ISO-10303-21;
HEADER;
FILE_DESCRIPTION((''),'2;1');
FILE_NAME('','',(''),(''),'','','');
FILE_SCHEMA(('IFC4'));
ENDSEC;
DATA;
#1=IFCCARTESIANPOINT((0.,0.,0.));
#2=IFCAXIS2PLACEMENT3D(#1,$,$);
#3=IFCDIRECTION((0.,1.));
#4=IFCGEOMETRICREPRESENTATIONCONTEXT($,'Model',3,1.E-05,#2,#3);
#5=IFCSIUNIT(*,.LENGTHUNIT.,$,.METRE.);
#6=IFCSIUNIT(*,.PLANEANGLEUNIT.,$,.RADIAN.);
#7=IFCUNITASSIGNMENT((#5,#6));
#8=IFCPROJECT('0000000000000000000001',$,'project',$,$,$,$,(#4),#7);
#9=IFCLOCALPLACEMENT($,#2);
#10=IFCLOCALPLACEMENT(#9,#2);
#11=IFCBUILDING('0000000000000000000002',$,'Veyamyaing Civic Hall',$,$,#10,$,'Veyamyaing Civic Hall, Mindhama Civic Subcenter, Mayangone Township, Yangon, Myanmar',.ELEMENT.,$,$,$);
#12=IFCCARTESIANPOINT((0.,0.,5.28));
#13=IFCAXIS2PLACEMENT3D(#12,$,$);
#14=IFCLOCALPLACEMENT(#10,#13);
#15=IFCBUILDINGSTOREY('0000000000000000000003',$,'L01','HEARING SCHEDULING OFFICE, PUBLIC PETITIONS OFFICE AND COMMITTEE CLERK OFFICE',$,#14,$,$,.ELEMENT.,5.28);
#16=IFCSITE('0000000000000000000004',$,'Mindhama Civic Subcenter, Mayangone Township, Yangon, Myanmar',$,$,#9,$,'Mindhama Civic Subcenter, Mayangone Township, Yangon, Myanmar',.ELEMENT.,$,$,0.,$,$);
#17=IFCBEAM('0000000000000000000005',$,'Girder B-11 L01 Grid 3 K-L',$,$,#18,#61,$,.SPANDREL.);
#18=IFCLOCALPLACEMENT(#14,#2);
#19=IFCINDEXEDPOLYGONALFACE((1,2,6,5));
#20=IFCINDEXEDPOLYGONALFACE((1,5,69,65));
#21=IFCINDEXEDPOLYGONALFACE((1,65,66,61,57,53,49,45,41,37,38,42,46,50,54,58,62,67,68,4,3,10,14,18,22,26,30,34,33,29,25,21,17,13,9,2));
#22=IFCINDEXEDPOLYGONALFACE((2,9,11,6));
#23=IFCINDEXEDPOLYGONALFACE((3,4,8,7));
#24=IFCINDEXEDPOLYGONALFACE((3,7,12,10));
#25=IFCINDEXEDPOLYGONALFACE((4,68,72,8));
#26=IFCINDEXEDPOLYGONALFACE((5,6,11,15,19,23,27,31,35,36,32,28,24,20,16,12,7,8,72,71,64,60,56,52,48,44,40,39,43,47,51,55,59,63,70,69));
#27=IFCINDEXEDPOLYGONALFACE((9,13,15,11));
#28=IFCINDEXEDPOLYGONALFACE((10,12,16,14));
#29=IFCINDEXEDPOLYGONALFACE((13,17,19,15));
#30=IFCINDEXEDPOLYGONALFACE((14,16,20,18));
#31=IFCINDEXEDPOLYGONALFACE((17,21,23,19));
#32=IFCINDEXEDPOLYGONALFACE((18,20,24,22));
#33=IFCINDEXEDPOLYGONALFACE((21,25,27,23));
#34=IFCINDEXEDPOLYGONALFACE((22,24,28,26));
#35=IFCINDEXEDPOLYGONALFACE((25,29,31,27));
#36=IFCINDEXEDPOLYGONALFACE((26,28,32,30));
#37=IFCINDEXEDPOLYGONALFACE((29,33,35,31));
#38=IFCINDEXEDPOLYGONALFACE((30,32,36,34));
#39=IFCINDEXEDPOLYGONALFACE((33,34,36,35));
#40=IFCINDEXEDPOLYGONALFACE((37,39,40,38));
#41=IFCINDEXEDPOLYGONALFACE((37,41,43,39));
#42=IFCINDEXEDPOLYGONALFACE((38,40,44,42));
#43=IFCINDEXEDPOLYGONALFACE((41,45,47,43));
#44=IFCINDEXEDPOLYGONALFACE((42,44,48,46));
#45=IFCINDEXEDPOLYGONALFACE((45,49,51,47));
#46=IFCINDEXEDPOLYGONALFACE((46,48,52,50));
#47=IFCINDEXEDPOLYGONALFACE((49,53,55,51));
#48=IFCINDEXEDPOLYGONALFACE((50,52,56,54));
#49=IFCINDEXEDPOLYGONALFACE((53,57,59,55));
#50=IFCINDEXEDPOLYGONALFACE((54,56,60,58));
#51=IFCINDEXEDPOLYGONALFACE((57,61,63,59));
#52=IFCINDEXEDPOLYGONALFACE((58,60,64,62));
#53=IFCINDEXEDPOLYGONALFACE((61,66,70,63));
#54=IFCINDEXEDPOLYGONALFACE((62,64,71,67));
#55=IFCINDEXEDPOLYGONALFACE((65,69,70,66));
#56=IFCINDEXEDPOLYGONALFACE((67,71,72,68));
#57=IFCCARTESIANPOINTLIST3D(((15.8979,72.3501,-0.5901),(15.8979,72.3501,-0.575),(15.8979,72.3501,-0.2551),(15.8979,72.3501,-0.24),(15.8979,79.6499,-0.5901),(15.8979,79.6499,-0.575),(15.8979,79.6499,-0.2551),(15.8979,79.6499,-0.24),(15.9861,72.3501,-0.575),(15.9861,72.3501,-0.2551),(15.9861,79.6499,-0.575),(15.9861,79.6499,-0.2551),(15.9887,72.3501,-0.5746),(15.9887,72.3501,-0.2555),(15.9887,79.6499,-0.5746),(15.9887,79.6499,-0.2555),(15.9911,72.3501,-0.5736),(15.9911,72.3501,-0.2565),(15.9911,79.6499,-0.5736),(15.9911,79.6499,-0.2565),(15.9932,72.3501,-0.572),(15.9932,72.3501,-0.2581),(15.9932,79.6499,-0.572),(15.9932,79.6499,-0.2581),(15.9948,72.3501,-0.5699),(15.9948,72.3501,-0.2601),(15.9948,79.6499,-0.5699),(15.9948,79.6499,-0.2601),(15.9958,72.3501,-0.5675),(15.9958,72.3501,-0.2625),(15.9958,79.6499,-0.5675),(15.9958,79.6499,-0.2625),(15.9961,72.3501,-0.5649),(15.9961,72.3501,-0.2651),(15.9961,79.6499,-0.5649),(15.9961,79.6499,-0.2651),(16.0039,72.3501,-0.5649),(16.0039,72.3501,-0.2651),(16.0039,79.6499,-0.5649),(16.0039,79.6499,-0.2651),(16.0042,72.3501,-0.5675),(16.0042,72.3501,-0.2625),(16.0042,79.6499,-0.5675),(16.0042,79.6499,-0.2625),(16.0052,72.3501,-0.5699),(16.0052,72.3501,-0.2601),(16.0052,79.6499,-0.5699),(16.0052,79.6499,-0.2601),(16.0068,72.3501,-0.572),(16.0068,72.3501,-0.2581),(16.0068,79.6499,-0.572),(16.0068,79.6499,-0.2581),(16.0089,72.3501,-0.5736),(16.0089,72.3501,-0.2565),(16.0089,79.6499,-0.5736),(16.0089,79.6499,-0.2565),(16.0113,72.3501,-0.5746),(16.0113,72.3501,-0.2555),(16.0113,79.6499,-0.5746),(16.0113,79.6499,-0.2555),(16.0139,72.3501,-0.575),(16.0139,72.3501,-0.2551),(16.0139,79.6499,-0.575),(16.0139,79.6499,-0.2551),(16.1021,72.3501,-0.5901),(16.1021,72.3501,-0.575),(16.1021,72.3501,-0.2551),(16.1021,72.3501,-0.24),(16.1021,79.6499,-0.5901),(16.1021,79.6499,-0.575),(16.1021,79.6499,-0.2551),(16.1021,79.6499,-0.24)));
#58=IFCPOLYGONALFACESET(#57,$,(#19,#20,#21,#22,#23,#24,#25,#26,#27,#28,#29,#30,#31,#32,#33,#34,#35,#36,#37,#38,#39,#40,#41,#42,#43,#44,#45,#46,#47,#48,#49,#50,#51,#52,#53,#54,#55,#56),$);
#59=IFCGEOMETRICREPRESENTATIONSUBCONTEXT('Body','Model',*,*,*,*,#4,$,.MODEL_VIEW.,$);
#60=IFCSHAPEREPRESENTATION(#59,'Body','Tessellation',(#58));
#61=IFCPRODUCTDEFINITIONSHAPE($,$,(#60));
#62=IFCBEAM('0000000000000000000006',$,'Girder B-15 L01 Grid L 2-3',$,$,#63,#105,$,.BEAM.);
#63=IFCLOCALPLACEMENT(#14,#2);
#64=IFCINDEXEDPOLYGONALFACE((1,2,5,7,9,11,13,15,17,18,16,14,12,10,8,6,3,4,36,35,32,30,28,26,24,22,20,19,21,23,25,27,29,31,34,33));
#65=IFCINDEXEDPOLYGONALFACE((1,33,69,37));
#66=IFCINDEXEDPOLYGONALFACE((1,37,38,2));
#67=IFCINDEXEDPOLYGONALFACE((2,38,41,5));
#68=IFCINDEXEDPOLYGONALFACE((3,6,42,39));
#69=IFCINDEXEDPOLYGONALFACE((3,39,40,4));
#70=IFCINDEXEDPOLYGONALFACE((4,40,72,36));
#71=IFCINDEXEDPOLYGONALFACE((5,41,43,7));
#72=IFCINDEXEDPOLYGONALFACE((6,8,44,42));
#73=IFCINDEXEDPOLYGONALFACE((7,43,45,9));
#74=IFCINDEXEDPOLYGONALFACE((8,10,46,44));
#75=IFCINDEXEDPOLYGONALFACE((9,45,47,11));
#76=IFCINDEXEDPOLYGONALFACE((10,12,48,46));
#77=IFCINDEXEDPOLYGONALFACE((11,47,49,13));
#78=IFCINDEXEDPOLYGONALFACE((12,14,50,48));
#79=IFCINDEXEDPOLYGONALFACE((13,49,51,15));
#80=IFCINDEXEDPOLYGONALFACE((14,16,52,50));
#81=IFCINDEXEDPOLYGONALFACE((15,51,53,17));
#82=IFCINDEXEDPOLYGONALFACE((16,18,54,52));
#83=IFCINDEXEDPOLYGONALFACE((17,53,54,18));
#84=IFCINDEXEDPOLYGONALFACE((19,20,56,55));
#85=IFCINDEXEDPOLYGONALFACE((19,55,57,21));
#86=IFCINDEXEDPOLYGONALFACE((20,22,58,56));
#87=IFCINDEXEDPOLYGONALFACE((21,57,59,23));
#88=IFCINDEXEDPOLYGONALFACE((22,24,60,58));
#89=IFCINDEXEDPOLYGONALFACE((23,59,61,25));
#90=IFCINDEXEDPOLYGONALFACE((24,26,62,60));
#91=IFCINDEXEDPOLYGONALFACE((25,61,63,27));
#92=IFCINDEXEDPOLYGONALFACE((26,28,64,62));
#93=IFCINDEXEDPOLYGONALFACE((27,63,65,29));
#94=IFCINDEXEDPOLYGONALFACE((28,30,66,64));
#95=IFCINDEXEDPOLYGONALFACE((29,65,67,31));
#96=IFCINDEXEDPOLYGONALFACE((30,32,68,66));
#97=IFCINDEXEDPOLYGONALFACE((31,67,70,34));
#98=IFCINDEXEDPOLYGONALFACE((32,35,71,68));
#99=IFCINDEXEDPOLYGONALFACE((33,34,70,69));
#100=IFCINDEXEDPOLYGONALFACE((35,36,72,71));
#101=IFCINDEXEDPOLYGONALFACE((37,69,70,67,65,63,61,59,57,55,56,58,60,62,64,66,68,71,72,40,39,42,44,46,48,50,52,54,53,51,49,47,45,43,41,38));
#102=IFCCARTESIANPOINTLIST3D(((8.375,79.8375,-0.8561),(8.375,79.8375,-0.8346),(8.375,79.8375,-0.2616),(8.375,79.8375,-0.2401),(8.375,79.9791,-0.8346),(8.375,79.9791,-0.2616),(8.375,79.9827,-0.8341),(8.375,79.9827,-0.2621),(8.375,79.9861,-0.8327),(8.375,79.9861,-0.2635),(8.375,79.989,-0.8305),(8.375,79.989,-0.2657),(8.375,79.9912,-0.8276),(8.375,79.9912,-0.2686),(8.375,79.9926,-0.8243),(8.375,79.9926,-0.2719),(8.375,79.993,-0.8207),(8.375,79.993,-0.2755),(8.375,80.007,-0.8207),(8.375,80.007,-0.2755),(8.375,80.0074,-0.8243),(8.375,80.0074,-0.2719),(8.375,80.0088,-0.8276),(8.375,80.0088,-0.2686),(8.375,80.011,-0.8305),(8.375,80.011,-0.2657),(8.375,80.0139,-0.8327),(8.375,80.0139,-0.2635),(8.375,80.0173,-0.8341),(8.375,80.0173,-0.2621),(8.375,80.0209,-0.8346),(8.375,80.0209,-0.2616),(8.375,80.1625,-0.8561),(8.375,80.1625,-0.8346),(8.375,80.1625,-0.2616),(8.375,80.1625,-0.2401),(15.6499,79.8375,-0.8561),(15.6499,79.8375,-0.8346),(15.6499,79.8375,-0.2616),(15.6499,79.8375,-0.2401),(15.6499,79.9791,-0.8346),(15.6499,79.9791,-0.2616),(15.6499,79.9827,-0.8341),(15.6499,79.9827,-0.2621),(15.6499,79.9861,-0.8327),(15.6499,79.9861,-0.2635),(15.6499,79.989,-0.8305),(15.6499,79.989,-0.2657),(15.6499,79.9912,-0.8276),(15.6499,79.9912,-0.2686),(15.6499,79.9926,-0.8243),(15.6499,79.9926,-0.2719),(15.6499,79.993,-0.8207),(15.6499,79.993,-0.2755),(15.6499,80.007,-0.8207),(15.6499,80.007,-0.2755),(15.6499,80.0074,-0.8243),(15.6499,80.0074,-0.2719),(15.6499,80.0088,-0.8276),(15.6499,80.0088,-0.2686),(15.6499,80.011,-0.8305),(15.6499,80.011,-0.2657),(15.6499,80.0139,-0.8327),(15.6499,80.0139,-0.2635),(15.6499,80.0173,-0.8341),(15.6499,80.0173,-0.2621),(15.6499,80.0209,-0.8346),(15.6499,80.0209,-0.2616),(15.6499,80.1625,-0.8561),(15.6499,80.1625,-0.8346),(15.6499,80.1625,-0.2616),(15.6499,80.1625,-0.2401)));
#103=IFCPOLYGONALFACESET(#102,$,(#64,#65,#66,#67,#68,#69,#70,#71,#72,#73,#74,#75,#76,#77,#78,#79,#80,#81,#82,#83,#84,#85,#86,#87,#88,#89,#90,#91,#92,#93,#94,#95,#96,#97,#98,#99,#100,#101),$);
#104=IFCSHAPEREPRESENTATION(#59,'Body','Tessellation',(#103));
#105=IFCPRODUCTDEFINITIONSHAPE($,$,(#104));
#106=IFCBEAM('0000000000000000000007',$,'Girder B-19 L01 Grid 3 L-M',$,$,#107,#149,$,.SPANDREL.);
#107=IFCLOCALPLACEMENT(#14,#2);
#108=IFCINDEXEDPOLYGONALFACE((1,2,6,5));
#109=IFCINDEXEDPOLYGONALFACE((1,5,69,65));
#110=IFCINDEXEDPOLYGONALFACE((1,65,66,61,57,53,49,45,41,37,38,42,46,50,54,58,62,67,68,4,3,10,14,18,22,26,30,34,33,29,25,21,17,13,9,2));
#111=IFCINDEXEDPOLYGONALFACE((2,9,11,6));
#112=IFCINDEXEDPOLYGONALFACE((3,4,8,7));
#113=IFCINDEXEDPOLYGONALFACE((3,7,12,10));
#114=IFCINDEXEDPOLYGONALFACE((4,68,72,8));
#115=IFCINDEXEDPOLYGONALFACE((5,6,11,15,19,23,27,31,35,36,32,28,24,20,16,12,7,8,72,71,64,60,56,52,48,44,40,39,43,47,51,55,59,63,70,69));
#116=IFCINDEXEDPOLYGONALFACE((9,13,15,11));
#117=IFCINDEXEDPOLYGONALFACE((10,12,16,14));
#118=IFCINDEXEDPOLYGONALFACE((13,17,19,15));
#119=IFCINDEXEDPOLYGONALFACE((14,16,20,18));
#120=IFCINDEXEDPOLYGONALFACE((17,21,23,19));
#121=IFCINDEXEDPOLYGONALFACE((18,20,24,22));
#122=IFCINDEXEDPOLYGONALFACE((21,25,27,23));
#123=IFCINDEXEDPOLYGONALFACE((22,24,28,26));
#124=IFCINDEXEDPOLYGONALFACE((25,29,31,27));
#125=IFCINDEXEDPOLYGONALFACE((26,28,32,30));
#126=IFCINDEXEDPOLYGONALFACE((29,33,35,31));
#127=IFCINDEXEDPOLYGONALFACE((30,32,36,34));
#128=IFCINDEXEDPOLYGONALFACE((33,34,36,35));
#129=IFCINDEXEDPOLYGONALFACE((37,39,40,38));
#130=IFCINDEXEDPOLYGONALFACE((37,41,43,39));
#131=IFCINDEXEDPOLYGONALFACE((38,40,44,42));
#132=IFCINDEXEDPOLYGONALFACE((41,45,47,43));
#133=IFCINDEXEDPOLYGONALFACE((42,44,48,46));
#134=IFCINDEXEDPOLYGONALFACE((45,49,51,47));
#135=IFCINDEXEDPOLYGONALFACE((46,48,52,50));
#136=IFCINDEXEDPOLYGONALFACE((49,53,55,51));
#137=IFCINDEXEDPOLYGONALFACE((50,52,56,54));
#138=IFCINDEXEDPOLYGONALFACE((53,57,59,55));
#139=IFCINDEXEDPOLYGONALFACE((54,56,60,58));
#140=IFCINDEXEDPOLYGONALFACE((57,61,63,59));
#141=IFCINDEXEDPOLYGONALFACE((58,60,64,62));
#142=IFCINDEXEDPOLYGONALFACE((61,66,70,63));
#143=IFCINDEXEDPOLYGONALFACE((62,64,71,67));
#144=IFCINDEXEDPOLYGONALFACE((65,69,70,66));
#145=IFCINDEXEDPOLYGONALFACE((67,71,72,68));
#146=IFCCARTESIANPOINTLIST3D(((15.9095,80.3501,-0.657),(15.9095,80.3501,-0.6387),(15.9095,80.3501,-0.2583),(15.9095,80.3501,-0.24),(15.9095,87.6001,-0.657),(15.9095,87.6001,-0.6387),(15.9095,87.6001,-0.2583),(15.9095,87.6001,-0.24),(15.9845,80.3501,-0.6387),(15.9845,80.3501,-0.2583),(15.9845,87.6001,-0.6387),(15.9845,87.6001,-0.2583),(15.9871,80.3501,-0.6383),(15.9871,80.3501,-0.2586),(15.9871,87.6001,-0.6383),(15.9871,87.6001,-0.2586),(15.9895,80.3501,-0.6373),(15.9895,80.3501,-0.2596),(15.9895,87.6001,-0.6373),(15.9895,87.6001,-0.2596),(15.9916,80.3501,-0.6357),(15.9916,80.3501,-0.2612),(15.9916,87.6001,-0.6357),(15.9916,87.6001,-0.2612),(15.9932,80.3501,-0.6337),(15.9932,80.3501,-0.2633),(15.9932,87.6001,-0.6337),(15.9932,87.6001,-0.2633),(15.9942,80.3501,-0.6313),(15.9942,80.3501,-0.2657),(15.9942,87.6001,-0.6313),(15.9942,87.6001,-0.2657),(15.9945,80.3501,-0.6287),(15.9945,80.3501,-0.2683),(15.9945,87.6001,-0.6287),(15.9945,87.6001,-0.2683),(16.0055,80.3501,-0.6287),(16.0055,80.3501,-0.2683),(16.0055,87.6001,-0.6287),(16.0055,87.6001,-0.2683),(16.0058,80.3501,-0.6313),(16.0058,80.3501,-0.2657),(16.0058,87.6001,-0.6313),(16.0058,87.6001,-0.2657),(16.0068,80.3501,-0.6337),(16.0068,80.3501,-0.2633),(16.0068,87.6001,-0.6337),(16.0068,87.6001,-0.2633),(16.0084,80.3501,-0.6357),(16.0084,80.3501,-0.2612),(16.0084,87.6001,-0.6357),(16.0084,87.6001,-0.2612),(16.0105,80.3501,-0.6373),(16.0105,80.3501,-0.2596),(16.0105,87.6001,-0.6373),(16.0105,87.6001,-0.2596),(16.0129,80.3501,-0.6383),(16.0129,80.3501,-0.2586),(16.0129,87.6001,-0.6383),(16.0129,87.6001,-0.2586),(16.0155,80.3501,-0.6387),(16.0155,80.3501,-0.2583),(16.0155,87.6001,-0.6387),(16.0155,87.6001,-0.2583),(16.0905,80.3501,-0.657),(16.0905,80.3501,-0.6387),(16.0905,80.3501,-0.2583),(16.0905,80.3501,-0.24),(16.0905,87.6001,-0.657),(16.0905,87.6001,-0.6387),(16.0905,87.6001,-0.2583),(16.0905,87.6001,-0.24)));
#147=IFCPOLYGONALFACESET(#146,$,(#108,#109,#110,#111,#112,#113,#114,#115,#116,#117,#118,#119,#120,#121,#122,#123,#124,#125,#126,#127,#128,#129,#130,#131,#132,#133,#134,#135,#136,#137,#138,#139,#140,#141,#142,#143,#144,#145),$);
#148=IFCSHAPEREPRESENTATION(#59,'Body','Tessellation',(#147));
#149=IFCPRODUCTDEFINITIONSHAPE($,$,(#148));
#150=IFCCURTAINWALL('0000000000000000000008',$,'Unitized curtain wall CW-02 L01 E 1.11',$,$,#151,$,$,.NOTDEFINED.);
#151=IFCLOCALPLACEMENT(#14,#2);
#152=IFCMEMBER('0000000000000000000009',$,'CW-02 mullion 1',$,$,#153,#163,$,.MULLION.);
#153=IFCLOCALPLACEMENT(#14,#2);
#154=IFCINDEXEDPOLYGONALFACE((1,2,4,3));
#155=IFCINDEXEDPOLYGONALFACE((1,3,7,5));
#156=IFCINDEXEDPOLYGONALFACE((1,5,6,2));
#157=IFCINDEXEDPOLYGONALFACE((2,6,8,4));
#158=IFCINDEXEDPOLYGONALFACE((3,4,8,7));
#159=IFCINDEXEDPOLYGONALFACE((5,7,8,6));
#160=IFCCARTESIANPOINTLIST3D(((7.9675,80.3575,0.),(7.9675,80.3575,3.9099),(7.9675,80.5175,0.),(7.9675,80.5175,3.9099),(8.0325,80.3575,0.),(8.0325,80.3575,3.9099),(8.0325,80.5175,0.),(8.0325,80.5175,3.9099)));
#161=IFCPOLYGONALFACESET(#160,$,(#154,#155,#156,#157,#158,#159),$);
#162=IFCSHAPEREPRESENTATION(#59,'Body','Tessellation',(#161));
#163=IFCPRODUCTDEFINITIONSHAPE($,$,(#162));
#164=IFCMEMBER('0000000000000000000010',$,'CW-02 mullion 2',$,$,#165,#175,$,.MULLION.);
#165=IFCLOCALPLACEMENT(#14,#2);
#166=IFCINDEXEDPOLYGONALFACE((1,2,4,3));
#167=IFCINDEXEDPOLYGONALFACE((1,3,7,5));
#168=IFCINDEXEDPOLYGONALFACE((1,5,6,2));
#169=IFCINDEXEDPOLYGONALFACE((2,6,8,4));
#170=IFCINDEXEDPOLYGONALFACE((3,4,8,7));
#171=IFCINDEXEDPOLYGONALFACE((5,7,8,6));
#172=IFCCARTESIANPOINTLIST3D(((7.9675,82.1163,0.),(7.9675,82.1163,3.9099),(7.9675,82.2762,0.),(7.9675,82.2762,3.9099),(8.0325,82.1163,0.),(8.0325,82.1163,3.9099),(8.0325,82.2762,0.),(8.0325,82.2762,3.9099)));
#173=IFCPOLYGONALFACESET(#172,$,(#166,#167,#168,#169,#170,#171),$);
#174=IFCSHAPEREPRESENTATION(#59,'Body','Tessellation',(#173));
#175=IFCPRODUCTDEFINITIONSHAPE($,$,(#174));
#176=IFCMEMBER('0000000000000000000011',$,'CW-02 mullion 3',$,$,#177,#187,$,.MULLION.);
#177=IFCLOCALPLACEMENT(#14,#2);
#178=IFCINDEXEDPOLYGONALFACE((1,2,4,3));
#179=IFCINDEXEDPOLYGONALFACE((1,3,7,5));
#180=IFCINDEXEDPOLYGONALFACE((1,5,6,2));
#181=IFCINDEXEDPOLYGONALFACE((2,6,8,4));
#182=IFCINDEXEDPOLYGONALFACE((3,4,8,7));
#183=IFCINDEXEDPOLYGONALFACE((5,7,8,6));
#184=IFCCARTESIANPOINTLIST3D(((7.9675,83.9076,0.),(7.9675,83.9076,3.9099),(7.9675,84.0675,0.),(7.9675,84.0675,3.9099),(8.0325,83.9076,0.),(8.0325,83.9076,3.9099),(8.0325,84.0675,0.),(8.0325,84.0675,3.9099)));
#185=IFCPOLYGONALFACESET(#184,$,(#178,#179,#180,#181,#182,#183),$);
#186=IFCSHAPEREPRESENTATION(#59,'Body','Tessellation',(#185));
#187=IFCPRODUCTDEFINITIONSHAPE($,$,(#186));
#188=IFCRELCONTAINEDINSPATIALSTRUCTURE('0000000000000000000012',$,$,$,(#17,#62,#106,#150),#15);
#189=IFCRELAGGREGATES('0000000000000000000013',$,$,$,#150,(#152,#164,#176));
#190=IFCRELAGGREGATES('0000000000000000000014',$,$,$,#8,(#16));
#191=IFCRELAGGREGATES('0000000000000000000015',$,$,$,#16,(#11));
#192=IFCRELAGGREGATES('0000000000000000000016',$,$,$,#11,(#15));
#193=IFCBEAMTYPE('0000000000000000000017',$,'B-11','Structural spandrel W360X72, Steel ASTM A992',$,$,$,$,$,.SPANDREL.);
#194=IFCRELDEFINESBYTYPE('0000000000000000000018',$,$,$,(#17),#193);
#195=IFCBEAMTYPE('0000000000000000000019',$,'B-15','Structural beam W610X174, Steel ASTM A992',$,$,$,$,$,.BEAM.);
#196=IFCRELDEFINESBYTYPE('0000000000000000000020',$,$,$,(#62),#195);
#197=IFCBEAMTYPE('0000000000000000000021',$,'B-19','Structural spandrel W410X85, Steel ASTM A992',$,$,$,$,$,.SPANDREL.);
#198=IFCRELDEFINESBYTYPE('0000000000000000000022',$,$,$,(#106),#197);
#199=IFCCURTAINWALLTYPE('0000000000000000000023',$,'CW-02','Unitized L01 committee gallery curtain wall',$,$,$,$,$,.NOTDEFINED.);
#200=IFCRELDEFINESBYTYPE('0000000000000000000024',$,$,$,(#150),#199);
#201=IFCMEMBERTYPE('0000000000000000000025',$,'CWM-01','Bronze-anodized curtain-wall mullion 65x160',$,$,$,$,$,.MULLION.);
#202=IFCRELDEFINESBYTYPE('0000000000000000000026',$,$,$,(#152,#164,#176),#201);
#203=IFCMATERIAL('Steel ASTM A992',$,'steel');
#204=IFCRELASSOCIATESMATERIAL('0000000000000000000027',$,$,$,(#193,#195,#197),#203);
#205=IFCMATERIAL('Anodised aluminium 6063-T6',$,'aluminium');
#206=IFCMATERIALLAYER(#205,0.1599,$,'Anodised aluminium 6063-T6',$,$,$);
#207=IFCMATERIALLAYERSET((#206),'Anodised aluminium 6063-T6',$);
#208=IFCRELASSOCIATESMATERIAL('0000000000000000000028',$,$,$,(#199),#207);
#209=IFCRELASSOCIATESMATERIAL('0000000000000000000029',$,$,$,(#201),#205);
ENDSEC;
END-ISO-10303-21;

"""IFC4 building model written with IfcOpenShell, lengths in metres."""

from ifc_helpers import new_model, si_unit, direction, frame, origin, origin_2d, place, context, subcontext, project, spatial, rectangle, i_section, extrude, material, layer, layer_set, material_profile, profile_set, type_object, element, aggregate, save


model = new_model("IFC4")

# Units and contexts
model_context = context("Model", 3, precision=1e-05, world=origin(), true_north=direction((0.0, 1.0)))
body_context = subcontext(model_context, "Body", "Model", "MODEL_VIEW")
ifc_project = project(units=[si_unit("LENGTHUNIT", "METRE"), si_unit("PLANEANGLEUNIT", "RADIAN")], contexts=[model_context])

# Site, building, storey
site_placement = place(None, origin())
site = spatial("IfcSite", under=ifc_project, at=site_placement, Name="Mindhama Civic Subcenter, Mayangone Township, Yangon, Myanmar", LongName="Mindhama Civic Subcenter, Mayangone Township, Yangon, Myanmar", CompositionType="ELEMENT", RefElevation=0.0)
building_placement = place(site_placement, origin())
building = spatial("IfcBuilding", under=site, at=building_placement, Name="Veyamyaing Civic Hall", LongName="Veyamyaing Civic Hall, Mindhama Civic Subcenter, Mayangone Township, Yangon, Myanmar", CompositionType="ELEMENT")
storey_placement = place(building_placement, frame((0.0, 0.0, 5.28)))
storey = spatial("IfcBuildingStorey", under=building, at=storey_placement, Name="L01", Description="HEARING SCHEDULING OFFICE, PUBLIC PETITIONS OFFICE AND COMMITTEE CLERK OFFICE", CompositionType="ELEMENT", Elevation=5.28)

# Beams
ifc_material_1 = material(Name="Steel ASTM A992", Category="steel")
ifc_material_profile_1 = material_profile(ifc_material_1, i_section(OverallWidth=0.2041, OverallDepth=0.3501, WebThickness=0.0078, FlangeThickness=0.0151, FilletRadius=0.01, at=origin_2d()), Name="W360X72")
ifc_profile_set_1 = profile_set([ifc_material_profile_1], Name="Steel ASTM A992")
beam_type_1 = type_object("IfcBeamType", Name="B-11", Description="Structural spandrel W360X72, Steel ASTM A992", PredefinedType="SPANDREL", material=ifc_profile_set_1)
beam_1_placement = place(storey_placement, frame((16.0, 72.3501, -0.415), z_axis=(0.0, 1.0, 0.0), x_axis=(-1.0, 0.0, 0.0)))
element("IfcBeam", 1, at=beam_1_placement, inside=storey, type_object=beam_type_1, Name="Girder B-11 L01 Grid 3 K-L", PredefinedType="SPANDREL", context=body_context, shape_type="SweptSolid", body=[
    extrude(i_section(OverallWidth=0.2041, OverallDepth=0.3501, WebThickness=0.0078, FlangeThickness=0.0151, FilletRadius=0.01, at=origin_2d()), origin(), (0.0, 0.0, 1.0), 7.2998),
])
ifc_material_profile_2 = material_profile(ifc_material_1, i_section(OverallWidth=0.325, OverallDepth=0.616, WebThickness=0.0139, FlangeThickness=0.0215, FilletRadius=0.0139, at=origin_2d()), Name="W610X174")
ifc_profile_set_2 = profile_set([ifc_material_profile_2], Name="Steel ASTM A992")
beam_type_2 = type_object("IfcBeamType", Name="B-15", Description="Structural beam W610X174, Steel ASTM A992", PredefinedType="BEAM", material=ifc_profile_set_2)
beam_2_placement = place(storey_placement, frame((8.375, 80.0, -0.5481), z_axis=(1.0, 0.0, 0.0), x_axis=(0.0, 1.0, 0.0)))
element("IfcBeam", 2, at=beam_2_placement, inside=storey, type_object=beam_type_2, Name="Girder B-15 L01 Grid L 2-3", PredefinedType="BEAM", context=body_context, shape_type="SweptSolid", body=[
    extrude(i_section(OverallWidth=0.325, OverallDepth=0.616, WebThickness=0.0139, FlangeThickness=0.0215, FilletRadius=0.0139, at=origin_2d()), origin(), (0.0, 0.0, 1.0), 7.2749),
])
ifc_material_profile_3 = material_profile(ifc_material_1, i_section(OverallWidth=0.1809, OverallDepth=0.417, WebThickness=0.011, FlangeThickness=0.0183, FilletRadius=0.01, at=origin_2d()), Name="W410X85")
ifc_profile_set_3 = profile_set([ifc_material_profile_3], Name="Steel ASTM A992")
beam_type_3 = type_object("IfcBeamType", Name="B-19", Description="Structural spandrel W410X85, Steel ASTM A992", PredefinedType="SPANDREL", material=ifc_profile_set_3)
beam_3_placement = place(storey_placement, frame((16.0, 80.3501, -0.4485), z_axis=(0.0, 1.0, 0.0), x_axis=(-1.0, 0.0, 0.0)))
element("IfcBeam", 3, at=beam_3_placement, inside=storey, type_object=beam_type_3, Name="Girder B-19 L01 Grid 3 L-M", PredefinedType="SPANDREL", context=body_context, shape_type="SweptSolid", body=[
    extrude(i_section(OverallWidth=0.1809, OverallDepth=0.417, WebThickness=0.011, FlangeThickness=0.0183, FilletRadius=0.01, at=origin_2d()), origin(), (0.0, 0.0, 1.0), 7.25),
])

# Curtain wall, members
ifc_material_2 = material(Name="Anodised aluminium 6063-T6", Category="aluminium")
ifc_layer_1 = layer(ifc_material_2, 0.1599, Name="Anodised aluminium 6063-T6")
ifc_layer_set_1 = layer_set([ifc_layer_1], Name="Anodised aluminium 6063-T6")
curtain_wall_type = type_object("IfcCurtainWallType", Name="CW-02", Description="Unitized L01 committee gallery curtain wall", PredefinedType="NOTDEFINED", material=ifc_layer_set_1)
curtain_wall_placement = place(storey_placement, origin())
curtain_wall = element("IfcCurtainWall", 4, at=curtain_wall_placement, inside=storey, type_object=curtain_wall_type, Name="Unitized curtain wall CW-02 L01 E 1.11", PredefinedType="NOTDEFINED")
ifc_material_profile_4 = material_profile(ifc_material_2, rectangle(XDim=0.0649, YDim=0.1599, at=origin_2d()), Name="ALU-MUL-65X160")
ifc_profile_set_4 = profile_set([ifc_material_profile_4], Name="Anodised aluminium 6063-T6")
member_type_1 = type_object("IfcMemberType", Name="CWM-01", Description="Bronze-anodized curtain-wall mullion 65x160", PredefinedType="MULLION", material=ifc_profile_set_4)
member_1_placement = place(storey_placement, frame((8.0, 80.4375, 0.0), z_axis=(0.0, 0.0, 1.0), x_axis=(-1.0, 0.0, 0.0)))
member_1 = element("IfcMember", 5, at=member_1_placement, type_object=member_type_1, Name="CW-02 mullion 1", PredefinedType="MULLION", context=body_context, shape_type="SweptSolid", body=[
    extrude(rectangle(XDim=0.0649, YDim=0.1599, at=origin_2d()), origin(), (0.0, 0.0, 1.0), 3.9099),
])
member_2_placement = place(storey_placement, frame((8.0, 82.1963, 0.0), z_axis=(0.0, 0.0, 1.0), x_axis=(-1.0, 0.0, 0.0)))
member_2 = element("IfcMember", 6, at=member_2_placement, type_object=member_type_1, Name="CW-02 mullion 2", PredefinedType="MULLION", context=body_context, shape_type="SweptSolid", body=[
    extrude(rectangle(XDim=0.0649, YDim=0.1599, at=origin_2d()), origin(), (0.0, 0.0, 1.0), 3.9099),
])
member_3_placement = place(storey_placement, frame((8.0, 83.9875, 0.0), z_axis=(0.0, 0.0, 1.0), x_axis=(-1.0, 0.0, 0.0)))
member_3 = element("IfcMember", 7, at=member_3_placement, type_object=member_type_1, Name="CW-02 mullion 3", PredefinedType="MULLION", context=body_context, shape_type="SweptSolid", body=[
    extrude(rectangle(XDim=0.0649, YDim=0.1599, at=origin_2d()), origin(), (0.0, 0.0, 1.0), 3.9099),
])

aggregate(curtain_wall, [member_1, member_2, member_3])

save(model, "model.ifc")
